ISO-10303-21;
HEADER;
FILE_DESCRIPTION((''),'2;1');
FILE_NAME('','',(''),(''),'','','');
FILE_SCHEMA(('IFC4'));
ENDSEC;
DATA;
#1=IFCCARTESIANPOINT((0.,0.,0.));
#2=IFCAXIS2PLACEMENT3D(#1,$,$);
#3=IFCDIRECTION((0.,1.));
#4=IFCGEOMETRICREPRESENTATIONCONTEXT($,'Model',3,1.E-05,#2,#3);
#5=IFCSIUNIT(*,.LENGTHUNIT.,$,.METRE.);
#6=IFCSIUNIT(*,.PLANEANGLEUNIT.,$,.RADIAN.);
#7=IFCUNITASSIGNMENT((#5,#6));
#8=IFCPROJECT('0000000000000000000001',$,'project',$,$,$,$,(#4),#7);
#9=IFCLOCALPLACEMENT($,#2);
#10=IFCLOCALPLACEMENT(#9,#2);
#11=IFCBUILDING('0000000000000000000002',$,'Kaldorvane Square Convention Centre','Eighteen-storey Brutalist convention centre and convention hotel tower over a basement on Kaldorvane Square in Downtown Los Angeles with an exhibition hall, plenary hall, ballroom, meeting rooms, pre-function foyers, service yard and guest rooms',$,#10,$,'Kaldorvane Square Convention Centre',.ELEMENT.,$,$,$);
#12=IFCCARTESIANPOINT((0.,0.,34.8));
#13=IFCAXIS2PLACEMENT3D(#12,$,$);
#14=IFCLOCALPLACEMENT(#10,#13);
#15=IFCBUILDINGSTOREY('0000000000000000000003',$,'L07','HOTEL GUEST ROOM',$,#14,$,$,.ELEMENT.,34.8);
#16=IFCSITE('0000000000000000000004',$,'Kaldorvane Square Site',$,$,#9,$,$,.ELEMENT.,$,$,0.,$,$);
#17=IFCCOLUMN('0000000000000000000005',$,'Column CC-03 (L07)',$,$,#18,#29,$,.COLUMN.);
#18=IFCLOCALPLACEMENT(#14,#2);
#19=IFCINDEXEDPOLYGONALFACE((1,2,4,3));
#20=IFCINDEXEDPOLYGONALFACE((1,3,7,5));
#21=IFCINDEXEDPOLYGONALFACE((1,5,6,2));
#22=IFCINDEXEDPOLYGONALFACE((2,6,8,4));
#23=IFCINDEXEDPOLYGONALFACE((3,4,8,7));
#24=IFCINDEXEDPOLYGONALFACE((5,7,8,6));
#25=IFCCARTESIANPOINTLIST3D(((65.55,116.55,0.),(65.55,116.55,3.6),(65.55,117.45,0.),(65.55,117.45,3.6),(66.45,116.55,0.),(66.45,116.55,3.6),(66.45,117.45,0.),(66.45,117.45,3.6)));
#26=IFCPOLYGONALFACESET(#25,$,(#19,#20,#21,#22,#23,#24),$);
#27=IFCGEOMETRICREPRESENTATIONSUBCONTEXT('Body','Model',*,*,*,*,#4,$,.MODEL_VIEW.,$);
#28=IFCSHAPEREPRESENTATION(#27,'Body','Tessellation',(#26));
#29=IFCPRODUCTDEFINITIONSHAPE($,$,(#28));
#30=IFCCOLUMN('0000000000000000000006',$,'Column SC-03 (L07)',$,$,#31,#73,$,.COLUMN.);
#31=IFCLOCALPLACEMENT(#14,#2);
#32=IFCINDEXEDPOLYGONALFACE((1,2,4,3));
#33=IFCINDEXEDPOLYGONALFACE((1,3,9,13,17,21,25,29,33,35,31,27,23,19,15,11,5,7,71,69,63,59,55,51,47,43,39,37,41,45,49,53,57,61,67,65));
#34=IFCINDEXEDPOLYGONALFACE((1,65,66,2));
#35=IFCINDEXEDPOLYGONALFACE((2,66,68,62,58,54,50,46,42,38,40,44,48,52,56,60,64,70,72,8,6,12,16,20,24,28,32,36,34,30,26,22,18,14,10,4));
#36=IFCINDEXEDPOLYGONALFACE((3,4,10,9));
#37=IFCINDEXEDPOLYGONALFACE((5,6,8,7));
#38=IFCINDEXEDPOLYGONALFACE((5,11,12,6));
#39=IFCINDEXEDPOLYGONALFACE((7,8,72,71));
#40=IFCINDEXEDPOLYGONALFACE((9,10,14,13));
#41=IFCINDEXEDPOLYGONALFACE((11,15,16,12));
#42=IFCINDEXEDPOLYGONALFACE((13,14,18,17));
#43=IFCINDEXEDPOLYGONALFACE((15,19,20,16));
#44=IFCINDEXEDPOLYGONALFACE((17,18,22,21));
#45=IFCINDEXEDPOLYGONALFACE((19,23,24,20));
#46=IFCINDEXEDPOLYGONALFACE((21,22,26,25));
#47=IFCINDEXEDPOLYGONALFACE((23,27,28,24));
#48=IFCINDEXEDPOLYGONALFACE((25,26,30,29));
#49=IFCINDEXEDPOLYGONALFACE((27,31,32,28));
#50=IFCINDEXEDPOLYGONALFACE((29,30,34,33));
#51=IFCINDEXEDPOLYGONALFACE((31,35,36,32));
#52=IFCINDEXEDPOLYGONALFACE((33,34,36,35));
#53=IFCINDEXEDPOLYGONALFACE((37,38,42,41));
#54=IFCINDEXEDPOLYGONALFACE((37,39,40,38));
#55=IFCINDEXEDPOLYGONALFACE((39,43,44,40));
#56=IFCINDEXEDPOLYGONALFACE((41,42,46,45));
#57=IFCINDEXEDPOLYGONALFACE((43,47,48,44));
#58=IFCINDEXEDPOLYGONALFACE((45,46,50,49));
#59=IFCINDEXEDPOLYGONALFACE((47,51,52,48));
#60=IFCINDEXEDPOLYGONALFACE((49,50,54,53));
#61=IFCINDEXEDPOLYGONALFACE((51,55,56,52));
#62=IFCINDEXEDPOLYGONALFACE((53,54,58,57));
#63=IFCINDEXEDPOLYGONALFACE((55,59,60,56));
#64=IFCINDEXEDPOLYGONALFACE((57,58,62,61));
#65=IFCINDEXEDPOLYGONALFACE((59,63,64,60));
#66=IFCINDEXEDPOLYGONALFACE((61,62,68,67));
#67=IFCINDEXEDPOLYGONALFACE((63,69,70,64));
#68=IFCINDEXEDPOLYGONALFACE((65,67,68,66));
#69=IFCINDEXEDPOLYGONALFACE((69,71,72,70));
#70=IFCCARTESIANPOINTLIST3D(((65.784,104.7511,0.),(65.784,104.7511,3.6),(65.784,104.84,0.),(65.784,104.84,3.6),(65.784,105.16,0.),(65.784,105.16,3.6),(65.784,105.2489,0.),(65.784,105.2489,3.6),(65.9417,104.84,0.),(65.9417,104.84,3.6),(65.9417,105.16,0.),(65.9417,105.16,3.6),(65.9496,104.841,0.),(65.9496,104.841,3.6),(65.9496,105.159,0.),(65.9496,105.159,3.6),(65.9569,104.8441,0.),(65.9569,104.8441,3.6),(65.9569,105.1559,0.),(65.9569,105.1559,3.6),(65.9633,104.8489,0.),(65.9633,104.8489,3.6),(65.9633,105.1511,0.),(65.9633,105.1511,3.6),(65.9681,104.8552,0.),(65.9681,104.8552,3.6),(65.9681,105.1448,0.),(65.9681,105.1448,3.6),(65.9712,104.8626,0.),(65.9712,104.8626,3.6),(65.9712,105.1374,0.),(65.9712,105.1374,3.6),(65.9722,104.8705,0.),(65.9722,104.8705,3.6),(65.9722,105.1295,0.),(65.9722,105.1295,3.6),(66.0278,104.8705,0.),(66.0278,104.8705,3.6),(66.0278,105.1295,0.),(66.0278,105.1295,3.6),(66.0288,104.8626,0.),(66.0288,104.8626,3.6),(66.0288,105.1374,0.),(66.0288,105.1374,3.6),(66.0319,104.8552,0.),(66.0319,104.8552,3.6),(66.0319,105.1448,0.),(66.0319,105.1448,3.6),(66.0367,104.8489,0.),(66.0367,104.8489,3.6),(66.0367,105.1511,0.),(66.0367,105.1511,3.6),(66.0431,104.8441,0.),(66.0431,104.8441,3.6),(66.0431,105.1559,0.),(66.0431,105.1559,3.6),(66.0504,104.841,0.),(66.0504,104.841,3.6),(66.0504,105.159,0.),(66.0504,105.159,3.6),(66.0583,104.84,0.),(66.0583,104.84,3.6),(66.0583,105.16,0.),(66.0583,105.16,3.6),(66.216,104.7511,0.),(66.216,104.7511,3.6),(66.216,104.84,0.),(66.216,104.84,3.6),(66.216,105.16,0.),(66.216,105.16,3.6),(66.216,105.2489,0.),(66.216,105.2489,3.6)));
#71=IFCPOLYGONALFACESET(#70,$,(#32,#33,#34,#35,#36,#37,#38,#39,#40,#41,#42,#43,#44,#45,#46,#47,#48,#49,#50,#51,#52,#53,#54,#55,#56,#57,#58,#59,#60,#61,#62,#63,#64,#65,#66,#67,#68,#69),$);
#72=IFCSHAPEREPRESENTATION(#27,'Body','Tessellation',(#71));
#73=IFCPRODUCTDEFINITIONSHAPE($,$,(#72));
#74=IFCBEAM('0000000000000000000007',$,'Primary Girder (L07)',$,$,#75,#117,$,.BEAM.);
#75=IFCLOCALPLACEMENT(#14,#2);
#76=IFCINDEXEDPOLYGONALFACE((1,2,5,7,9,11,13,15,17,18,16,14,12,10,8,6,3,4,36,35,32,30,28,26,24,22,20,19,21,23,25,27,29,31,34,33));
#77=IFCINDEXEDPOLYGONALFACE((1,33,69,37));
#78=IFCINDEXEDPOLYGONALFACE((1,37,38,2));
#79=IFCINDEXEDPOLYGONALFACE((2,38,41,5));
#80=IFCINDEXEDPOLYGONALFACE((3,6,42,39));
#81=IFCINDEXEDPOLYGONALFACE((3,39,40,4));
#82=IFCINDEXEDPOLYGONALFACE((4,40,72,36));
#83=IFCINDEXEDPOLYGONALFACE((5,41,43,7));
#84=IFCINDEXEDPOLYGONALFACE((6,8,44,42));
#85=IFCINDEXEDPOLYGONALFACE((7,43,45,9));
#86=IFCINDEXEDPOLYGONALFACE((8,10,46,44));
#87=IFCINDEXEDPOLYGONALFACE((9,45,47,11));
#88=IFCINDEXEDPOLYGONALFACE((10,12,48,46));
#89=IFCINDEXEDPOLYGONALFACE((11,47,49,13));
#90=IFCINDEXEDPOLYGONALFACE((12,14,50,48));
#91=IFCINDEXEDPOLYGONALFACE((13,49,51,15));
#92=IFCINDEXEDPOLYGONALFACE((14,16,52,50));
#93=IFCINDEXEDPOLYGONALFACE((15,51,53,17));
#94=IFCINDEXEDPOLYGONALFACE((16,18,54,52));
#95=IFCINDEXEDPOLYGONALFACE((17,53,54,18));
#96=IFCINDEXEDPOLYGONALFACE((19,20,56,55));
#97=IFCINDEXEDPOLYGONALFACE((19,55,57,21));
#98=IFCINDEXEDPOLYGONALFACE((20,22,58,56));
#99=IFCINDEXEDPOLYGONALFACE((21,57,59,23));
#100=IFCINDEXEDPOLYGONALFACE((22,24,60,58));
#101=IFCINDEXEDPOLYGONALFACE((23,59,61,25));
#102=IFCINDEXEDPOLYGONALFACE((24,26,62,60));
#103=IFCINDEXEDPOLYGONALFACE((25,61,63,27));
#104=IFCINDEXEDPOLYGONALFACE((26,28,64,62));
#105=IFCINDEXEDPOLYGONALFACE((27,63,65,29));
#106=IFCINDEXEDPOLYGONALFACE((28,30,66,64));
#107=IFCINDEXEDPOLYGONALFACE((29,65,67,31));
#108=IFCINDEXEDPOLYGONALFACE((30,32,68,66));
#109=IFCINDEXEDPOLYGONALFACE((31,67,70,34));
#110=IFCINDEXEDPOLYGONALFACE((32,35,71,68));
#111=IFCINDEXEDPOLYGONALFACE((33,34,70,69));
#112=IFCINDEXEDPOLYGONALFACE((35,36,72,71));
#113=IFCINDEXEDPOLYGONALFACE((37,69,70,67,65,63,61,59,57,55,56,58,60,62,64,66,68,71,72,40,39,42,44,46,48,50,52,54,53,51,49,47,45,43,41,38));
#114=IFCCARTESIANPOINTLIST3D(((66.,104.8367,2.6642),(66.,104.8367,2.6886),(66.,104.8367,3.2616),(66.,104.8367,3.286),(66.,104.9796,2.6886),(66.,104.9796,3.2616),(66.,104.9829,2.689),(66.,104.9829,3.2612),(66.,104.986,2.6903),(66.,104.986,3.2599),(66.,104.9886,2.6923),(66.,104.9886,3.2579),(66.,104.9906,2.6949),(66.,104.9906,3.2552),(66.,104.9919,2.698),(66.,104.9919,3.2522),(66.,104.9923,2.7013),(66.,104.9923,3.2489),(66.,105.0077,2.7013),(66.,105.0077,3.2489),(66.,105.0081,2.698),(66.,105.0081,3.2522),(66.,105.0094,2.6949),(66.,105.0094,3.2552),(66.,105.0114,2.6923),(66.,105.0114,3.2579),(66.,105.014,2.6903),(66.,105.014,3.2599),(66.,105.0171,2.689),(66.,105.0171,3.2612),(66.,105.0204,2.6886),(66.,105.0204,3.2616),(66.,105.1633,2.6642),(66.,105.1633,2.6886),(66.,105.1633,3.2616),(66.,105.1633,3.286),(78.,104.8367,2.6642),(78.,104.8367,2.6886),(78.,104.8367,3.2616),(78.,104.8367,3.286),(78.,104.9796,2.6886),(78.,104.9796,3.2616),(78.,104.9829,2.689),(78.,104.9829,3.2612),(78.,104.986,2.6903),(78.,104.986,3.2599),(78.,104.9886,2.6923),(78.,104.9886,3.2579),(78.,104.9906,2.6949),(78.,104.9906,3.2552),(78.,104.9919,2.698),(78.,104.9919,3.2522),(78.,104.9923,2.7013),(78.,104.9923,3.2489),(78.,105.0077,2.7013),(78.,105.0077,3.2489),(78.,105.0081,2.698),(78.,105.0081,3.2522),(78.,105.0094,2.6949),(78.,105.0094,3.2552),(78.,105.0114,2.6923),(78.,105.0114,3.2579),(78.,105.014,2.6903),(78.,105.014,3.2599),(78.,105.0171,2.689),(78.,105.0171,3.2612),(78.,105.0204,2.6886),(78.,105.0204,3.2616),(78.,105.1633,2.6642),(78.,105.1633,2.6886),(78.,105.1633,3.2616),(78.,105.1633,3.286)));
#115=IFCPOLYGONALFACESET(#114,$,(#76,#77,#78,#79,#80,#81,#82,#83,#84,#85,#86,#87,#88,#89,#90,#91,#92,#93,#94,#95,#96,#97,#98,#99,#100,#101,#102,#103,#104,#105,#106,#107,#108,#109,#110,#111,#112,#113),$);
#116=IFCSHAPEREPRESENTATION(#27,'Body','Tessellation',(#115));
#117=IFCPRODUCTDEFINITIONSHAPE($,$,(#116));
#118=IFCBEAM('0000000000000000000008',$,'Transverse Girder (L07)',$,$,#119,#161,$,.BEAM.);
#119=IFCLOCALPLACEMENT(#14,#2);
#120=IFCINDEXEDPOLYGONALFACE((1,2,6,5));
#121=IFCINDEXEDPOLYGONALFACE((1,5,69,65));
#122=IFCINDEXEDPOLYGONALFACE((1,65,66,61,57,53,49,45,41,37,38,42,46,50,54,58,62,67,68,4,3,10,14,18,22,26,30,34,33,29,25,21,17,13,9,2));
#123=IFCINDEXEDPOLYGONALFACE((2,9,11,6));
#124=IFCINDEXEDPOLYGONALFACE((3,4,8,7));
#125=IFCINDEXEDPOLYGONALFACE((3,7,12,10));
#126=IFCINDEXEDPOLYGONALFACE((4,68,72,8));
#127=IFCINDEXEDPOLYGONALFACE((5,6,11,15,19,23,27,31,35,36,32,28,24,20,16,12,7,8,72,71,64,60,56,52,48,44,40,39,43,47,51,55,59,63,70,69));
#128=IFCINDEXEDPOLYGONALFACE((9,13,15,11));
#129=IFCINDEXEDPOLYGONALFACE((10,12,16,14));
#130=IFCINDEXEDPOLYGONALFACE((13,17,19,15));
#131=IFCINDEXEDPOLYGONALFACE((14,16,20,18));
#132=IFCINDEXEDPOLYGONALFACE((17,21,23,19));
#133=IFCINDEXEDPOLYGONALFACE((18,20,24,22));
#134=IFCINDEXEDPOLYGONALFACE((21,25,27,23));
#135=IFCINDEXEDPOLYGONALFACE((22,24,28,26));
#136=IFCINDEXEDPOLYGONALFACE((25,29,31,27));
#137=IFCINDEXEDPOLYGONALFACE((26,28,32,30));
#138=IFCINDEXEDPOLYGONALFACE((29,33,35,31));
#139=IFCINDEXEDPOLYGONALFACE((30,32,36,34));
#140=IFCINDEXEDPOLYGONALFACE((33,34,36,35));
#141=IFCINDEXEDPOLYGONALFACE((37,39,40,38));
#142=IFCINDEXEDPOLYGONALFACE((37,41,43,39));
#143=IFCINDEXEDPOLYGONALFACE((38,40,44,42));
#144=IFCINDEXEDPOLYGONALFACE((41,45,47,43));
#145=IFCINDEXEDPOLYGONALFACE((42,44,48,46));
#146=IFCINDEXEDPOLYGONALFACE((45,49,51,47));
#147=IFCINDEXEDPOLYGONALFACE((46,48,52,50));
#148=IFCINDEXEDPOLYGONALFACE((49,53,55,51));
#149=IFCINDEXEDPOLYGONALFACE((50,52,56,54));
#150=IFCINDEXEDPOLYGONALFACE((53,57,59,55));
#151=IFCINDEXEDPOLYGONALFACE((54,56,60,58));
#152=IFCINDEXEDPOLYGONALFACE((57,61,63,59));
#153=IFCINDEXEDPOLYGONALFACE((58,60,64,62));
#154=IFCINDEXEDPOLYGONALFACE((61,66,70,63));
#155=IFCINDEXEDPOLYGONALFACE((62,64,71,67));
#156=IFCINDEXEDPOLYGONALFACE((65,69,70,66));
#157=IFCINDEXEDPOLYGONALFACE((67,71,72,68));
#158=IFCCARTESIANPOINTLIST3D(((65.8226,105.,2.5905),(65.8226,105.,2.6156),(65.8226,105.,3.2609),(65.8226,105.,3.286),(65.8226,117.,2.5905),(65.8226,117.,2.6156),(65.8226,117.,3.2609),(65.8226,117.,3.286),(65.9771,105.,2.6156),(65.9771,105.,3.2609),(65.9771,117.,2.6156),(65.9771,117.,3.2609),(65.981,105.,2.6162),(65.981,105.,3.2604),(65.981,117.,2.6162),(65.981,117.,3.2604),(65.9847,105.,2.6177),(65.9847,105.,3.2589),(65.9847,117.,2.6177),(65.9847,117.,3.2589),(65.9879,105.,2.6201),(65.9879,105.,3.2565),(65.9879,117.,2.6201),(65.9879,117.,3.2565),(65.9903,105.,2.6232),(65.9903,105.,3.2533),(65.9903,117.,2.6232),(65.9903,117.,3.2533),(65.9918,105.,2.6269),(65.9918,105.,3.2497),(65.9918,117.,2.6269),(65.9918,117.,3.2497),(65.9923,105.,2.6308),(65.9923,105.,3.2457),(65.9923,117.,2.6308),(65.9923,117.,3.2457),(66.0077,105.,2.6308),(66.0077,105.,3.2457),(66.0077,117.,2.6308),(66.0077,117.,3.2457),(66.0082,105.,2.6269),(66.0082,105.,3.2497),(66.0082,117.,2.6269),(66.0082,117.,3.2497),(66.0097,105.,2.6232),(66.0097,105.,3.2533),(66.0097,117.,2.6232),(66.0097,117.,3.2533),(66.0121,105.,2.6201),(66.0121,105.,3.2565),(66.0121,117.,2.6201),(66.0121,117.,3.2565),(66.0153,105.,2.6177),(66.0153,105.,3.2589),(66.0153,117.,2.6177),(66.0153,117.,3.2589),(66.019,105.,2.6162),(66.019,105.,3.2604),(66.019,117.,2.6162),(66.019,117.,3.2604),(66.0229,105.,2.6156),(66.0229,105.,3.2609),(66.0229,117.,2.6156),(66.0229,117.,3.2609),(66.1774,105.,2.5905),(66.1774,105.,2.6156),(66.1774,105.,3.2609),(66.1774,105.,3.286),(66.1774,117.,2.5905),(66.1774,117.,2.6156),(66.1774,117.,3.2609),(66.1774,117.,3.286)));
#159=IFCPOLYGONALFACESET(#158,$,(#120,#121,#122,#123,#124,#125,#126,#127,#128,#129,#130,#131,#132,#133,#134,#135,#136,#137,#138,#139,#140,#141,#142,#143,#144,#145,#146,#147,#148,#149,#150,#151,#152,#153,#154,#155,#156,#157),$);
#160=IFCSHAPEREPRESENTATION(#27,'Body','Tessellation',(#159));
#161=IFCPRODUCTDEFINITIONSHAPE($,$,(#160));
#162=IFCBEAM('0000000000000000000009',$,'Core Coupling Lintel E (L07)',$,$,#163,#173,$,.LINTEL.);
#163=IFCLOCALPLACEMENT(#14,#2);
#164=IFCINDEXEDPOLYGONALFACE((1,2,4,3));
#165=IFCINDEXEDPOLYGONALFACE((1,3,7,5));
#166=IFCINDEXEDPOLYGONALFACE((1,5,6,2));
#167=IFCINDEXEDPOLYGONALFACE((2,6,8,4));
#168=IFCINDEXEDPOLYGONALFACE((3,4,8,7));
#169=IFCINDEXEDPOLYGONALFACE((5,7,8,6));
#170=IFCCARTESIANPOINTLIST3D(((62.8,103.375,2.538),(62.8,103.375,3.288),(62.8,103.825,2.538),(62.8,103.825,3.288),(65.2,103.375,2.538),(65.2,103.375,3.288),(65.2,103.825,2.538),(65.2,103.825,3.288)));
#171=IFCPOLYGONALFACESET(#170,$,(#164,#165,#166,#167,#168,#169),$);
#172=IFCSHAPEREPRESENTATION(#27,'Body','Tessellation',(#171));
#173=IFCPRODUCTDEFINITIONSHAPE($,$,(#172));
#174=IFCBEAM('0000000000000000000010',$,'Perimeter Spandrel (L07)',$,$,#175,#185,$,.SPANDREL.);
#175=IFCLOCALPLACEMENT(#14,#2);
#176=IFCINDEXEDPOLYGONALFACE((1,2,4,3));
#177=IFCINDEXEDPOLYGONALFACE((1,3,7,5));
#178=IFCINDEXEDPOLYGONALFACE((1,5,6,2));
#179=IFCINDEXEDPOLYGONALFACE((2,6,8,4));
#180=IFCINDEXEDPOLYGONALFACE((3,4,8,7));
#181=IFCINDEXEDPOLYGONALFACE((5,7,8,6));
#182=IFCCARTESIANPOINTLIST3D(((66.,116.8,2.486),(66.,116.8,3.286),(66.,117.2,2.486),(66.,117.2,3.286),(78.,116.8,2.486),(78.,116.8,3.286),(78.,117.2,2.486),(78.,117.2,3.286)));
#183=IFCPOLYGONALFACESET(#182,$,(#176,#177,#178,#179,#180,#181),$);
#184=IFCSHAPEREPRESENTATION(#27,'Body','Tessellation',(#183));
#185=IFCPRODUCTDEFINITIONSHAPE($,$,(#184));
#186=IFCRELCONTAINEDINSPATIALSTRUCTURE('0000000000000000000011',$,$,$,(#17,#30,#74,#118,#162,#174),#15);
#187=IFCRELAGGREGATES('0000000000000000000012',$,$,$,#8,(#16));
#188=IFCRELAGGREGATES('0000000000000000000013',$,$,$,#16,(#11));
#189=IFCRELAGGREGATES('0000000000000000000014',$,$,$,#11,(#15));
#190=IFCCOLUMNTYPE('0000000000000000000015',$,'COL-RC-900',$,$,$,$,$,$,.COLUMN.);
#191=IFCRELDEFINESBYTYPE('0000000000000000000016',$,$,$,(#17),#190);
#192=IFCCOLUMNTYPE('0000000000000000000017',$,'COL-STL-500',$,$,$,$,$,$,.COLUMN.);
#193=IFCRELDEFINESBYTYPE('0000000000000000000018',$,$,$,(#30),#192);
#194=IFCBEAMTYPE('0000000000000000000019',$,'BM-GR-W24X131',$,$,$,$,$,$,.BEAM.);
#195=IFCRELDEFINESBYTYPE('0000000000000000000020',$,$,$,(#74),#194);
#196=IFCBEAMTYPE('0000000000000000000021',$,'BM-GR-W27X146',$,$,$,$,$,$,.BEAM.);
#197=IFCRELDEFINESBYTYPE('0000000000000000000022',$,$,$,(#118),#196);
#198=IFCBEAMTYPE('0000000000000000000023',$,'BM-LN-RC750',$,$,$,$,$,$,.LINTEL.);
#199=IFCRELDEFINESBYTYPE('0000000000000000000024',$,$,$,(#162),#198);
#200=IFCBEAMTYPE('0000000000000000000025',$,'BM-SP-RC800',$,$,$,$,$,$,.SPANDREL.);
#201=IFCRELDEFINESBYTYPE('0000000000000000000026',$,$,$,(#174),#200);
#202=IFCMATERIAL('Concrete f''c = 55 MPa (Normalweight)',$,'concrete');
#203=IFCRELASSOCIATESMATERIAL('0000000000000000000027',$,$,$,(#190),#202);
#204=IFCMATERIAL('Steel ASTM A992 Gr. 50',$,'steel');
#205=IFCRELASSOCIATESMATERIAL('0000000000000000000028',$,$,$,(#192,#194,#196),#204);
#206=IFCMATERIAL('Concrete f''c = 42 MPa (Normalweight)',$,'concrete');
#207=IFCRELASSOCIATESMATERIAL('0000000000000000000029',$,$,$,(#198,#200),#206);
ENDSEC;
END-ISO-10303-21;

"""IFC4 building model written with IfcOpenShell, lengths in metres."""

from ifc_helpers import new_model, si_unit, direction, frame, origin, origin_2d, place, context, subcontext, project, spatial, rectangle, i_section, extrude, material, material_profile, profile_set, type_object, element, save


model = new_model("IFC4")

# Units and contexts
model_context = context("Model", 3, precision=1e-05, world=origin(), true_north=direction((0.0, 1.0)))
body_context = subcontext(model_context, "Body", "Model", "MODEL_VIEW")
ifc_project = project(units=[si_unit("LENGTHUNIT", "METRE"), si_unit("PLANEANGLEUNIT", "RADIAN")], contexts=[model_context])

# Site, building, storey
site_placement = place(None, origin())
site = spatial("IfcSite", under=ifc_project, at=site_placement, Name="Kaldorvane Square Site", CompositionType="ELEMENT", RefElevation=0.0)
building_placement = place(site_placement, origin())
building = spatial("IfcBuilding", under=site, at=building_placement, Name="Kaldorvane Square Convention Centre", Description="Eighteen-storey Brutalist convention centre and convention hotel tower over a basement on Kaldorvane Square in Downtown Los Angeles with an exhibition hall, plenary hall, ballroom, meeting rooms, pre-function foyers, service yard and guest rooms", LongName="Kaldorvane Square Convention Centre", CompositionType="ELEMENT")
storey_placement = place(building_placement, frame((0.0, 0.0, 34.8)))
storey = spatial("IfcBuildingStorey", under=building, at=storey_placement, Name="L07", Description="HOTEL GUEST ROOM", CompositionType="ELEMENT", Elevation=34.8)

# Columns
ifc_material_1 = material(Name="Concrete f'c = 55 MPa (Normalweight)", Category="concrete")
ifc_material_profile_1 = material_profile(ifc_material_1, rectangle(XDim=0.9, YDim=0.9, at=origin_2d()), Name="RC900X900")
ifc_profile_set_1 = profile_set([ifc_material_profile_1], Name="Concrete f'c = 55 MPa (Normalweight)")
column_type_1 = type_object("IfcColumnType", Name="COL-RC-900", PredefinedType="COLUMN", material=ifc_profile_set_1)
column_1_placement = place(storey_placement, frame((66.0, 117.0, 0.0), z_axis=(0.0, 0.0, 1.0), x_axis=(1.0, 0.0, 0.0)))
element("IfcColumn", 1, at=column_1_placement, inside=storey, type_object=column_type_1, Name="Column CC-03 (L07)", PredefinedType="COLUMN", context=body_context, shape_type="SweptSolid", body=[
    extrude(rectangle(XDim=0.9, YDim=0.9, at=origin_2d()), origin(), (0.0, 0.0, 1.0), 3.6),
])
ifc_material_2 = material(Name="Steel ASTM A992 Gr. 50", Category="steel")
ifc_material_profile_2 = material_profile(ifc_material_2, i_section(OverallWidth=0.4321, OverallDepth=0.4978, WebThickness=0.0556, FlangeThickness=0.0889, FilletRadius=0.0305, at=origin_2d()), Name="W14X500")
ifc_profile_set_2 = profile_set([ifc_material_profile_2], Name="Steel ASTM A992 Gr. 50")
column_type_2 = type_object("IfcColumnType", Name="COL-STL-500", PredefinedType="COLUMN", material=ifc_profile_set_2)
column_2_placement = place(storey_placement, frame((66.0, 105.0, 0.0), z_axis=(0.0, 0.0, 1.0), x_axis=(1.0, 0.0, 0.0)))
element("IfcColumn", 2, at=column_2_placement, inside=storey, type_object=column_type_2, Name="Column SC-03 (L07)", PredefinedType="COLUMN", context=body_context, shape_type="SweptSolid", body=[
    extrude(i_section(OverallWidth=0.4321, OverallDepth=0.4978, WebThickness=0.0556, FlangeThickness=0.0889, FilletRadius=0.0305, at=origin_2d()), origin(), (0.0, 0.0, 1.0), 3.6),
])

# Beams
ifc_material_profile_3 = material_profile(ifc_material_2, i_section(OverallWidth=0.3265, OverallDepth=0.6218, WebThickness=0.0154, FlangeThickness=0.0244, FilletRadius=0.0127, at=origin_2d()), Name="W24X131")
ifc_profile_set_3 = profile_set([ifc_material_profile_3], Name="Steel ASTM A992 Gr. 50")
beam_type_1 = type_object("IfcBeamType", Name="BM-GR-W24X131", PredefinedType="BEAM", material=ifc_profile_set_3)
beam_1_placement = place(storey_placement, frame((66.0, 105.0, 2.9751), z_axis=(1.0, 0.0, 0.0), x_axis=(0.0, 1.0, 0.0)))
element("IfcBeam", 3, at=beam_1_placement, inside=storey, type_object=beam_type_1, Name="Primary Girder (L07)", PredefinedType="BEAM", context=body_context, shape_type="SweptSolid", body=[
    extrude(i_section(OverallWidth=0.3265, OverallDepth=0.6218, WebThickness=0.0154, FlangeThickness=0.0244, FilletRadius=0.0127, at=origin_2d()), origin(), (0.0, 0.0, 1.0), 12.0),
])
ifc_material_profile_4 = material_profile(ifc_material_2, i_section(OverallWidth=0.3547, OverallDepth=0.6955, WebThickness=0.0154, FlangeThickness=0.0251, FilletRadius=0.0152, at=origin_2d()), Name="W27X146")
ifc_profile_set_4 = profile_set([ifc_material_profile_4], Name="Steel ASTM A992 Gr. 50")
beam_type_2 = type_object("IfcBeamType", Name="BM-GR-W27X146", PredefinedType="BEAM", material=ifc_profile_set_4)
beam_2_placement = place(storey_placement, frame((66.0, 105.0, 2.9383), z_axis=(0.0, 1.0, 0.0), x_axis=(-1.0, 0.0, 0.0)))
element("IfcBeam", 4, at=beam_2_placement, inside=storey, type_object=beam_type_2, Name="Transverse Girder (L07)", PredefinedType="BEAM", context=body_context, shape_type="SweptSolid", body=[
    extrude(i_section(OverallWidth=0.3547, OverallDepth=0.6955, WebThickness=0.0154, FlangeThickness=0.0251, FilletRadius=0.0152, at=origin_2d()), origin(), (0.0, 0.0, 1.0), 12.0),
])
ifc_material_3 = material(Name="Concrete f'c = 42 MPa (Normalweight)", Category="concrete")
ifc_material_profile_5 = material_profile(ifc_material_3, rectangle(XDim=0.45, YDim=0.75, at=origin_2d()), Name="RCLN750X450")
ifc_profile_set_5 = profile_set([ifc_material_profile_5], Name="Concrete f'c = 42 MPa (Normalweight)")
beam_type_3 = type_object("IfcBeamType", Name="BM-LN-RC750", PredefinedType="LINTEL", material=ifc_profile_set_5)
beam_3_placement = place(storey_placement, frame((62.8, 103.6, 2.913), z_axis=(1.0, 0.0, 0.0), x_axis=(0.0, 1.0, 0.0)))
element("IfcBeam", 5, at=beam_3_placement, inside=storey, type_object=beam_type_3, Name="Core Coupling Lintel E (L07)", PredefinedType="LINTEL", context=body_context, shape_type="SweptSolid", body=[
    extrude(rectangle(XDim=0.45, YDim=0.75, at=origin_2d()), origin(), (0.0, 0.0, 1.0), 2.4),
])
ifc_material_profile_6 = material_profile(ifc_material_3, rectangle(XDim=0.4, YDim=0.8, at=origin_2d()), Name="RCSP800X400")
ifc_profile_set_6 = profile_set([ifc_material_profile_6], Name="Concrete f'c = 42 MPa (Normalweight)")
beam_type_4 = type_object("IfcBeamType", Name="BM-SP-RC800", PredefinedType="SPANDREL", material=ifc_profile_set_6)
beam_4_placement = place(storey_placement, frame((66.0, 117.0, 2.886), z_axis=(1.0, 0.0, 0.0), x_axis=(0.0, 1.0, 0.0)))
element("IfcBeam", 6, at=beam_4_placement, inside=storey, type_object=beam_type_4, Name="Perimeter Spandrel (L07)", PredefinedType="SPANDREL", context=body_context, shape_type="SweptSolid", body=[
    extrude(rectangle(XDim=0.4, YDim=0.8, at=origin_2d()), origin(), (0.0, 0.0, 1.0), 12.0),
])

save(model, "model.ifc")
